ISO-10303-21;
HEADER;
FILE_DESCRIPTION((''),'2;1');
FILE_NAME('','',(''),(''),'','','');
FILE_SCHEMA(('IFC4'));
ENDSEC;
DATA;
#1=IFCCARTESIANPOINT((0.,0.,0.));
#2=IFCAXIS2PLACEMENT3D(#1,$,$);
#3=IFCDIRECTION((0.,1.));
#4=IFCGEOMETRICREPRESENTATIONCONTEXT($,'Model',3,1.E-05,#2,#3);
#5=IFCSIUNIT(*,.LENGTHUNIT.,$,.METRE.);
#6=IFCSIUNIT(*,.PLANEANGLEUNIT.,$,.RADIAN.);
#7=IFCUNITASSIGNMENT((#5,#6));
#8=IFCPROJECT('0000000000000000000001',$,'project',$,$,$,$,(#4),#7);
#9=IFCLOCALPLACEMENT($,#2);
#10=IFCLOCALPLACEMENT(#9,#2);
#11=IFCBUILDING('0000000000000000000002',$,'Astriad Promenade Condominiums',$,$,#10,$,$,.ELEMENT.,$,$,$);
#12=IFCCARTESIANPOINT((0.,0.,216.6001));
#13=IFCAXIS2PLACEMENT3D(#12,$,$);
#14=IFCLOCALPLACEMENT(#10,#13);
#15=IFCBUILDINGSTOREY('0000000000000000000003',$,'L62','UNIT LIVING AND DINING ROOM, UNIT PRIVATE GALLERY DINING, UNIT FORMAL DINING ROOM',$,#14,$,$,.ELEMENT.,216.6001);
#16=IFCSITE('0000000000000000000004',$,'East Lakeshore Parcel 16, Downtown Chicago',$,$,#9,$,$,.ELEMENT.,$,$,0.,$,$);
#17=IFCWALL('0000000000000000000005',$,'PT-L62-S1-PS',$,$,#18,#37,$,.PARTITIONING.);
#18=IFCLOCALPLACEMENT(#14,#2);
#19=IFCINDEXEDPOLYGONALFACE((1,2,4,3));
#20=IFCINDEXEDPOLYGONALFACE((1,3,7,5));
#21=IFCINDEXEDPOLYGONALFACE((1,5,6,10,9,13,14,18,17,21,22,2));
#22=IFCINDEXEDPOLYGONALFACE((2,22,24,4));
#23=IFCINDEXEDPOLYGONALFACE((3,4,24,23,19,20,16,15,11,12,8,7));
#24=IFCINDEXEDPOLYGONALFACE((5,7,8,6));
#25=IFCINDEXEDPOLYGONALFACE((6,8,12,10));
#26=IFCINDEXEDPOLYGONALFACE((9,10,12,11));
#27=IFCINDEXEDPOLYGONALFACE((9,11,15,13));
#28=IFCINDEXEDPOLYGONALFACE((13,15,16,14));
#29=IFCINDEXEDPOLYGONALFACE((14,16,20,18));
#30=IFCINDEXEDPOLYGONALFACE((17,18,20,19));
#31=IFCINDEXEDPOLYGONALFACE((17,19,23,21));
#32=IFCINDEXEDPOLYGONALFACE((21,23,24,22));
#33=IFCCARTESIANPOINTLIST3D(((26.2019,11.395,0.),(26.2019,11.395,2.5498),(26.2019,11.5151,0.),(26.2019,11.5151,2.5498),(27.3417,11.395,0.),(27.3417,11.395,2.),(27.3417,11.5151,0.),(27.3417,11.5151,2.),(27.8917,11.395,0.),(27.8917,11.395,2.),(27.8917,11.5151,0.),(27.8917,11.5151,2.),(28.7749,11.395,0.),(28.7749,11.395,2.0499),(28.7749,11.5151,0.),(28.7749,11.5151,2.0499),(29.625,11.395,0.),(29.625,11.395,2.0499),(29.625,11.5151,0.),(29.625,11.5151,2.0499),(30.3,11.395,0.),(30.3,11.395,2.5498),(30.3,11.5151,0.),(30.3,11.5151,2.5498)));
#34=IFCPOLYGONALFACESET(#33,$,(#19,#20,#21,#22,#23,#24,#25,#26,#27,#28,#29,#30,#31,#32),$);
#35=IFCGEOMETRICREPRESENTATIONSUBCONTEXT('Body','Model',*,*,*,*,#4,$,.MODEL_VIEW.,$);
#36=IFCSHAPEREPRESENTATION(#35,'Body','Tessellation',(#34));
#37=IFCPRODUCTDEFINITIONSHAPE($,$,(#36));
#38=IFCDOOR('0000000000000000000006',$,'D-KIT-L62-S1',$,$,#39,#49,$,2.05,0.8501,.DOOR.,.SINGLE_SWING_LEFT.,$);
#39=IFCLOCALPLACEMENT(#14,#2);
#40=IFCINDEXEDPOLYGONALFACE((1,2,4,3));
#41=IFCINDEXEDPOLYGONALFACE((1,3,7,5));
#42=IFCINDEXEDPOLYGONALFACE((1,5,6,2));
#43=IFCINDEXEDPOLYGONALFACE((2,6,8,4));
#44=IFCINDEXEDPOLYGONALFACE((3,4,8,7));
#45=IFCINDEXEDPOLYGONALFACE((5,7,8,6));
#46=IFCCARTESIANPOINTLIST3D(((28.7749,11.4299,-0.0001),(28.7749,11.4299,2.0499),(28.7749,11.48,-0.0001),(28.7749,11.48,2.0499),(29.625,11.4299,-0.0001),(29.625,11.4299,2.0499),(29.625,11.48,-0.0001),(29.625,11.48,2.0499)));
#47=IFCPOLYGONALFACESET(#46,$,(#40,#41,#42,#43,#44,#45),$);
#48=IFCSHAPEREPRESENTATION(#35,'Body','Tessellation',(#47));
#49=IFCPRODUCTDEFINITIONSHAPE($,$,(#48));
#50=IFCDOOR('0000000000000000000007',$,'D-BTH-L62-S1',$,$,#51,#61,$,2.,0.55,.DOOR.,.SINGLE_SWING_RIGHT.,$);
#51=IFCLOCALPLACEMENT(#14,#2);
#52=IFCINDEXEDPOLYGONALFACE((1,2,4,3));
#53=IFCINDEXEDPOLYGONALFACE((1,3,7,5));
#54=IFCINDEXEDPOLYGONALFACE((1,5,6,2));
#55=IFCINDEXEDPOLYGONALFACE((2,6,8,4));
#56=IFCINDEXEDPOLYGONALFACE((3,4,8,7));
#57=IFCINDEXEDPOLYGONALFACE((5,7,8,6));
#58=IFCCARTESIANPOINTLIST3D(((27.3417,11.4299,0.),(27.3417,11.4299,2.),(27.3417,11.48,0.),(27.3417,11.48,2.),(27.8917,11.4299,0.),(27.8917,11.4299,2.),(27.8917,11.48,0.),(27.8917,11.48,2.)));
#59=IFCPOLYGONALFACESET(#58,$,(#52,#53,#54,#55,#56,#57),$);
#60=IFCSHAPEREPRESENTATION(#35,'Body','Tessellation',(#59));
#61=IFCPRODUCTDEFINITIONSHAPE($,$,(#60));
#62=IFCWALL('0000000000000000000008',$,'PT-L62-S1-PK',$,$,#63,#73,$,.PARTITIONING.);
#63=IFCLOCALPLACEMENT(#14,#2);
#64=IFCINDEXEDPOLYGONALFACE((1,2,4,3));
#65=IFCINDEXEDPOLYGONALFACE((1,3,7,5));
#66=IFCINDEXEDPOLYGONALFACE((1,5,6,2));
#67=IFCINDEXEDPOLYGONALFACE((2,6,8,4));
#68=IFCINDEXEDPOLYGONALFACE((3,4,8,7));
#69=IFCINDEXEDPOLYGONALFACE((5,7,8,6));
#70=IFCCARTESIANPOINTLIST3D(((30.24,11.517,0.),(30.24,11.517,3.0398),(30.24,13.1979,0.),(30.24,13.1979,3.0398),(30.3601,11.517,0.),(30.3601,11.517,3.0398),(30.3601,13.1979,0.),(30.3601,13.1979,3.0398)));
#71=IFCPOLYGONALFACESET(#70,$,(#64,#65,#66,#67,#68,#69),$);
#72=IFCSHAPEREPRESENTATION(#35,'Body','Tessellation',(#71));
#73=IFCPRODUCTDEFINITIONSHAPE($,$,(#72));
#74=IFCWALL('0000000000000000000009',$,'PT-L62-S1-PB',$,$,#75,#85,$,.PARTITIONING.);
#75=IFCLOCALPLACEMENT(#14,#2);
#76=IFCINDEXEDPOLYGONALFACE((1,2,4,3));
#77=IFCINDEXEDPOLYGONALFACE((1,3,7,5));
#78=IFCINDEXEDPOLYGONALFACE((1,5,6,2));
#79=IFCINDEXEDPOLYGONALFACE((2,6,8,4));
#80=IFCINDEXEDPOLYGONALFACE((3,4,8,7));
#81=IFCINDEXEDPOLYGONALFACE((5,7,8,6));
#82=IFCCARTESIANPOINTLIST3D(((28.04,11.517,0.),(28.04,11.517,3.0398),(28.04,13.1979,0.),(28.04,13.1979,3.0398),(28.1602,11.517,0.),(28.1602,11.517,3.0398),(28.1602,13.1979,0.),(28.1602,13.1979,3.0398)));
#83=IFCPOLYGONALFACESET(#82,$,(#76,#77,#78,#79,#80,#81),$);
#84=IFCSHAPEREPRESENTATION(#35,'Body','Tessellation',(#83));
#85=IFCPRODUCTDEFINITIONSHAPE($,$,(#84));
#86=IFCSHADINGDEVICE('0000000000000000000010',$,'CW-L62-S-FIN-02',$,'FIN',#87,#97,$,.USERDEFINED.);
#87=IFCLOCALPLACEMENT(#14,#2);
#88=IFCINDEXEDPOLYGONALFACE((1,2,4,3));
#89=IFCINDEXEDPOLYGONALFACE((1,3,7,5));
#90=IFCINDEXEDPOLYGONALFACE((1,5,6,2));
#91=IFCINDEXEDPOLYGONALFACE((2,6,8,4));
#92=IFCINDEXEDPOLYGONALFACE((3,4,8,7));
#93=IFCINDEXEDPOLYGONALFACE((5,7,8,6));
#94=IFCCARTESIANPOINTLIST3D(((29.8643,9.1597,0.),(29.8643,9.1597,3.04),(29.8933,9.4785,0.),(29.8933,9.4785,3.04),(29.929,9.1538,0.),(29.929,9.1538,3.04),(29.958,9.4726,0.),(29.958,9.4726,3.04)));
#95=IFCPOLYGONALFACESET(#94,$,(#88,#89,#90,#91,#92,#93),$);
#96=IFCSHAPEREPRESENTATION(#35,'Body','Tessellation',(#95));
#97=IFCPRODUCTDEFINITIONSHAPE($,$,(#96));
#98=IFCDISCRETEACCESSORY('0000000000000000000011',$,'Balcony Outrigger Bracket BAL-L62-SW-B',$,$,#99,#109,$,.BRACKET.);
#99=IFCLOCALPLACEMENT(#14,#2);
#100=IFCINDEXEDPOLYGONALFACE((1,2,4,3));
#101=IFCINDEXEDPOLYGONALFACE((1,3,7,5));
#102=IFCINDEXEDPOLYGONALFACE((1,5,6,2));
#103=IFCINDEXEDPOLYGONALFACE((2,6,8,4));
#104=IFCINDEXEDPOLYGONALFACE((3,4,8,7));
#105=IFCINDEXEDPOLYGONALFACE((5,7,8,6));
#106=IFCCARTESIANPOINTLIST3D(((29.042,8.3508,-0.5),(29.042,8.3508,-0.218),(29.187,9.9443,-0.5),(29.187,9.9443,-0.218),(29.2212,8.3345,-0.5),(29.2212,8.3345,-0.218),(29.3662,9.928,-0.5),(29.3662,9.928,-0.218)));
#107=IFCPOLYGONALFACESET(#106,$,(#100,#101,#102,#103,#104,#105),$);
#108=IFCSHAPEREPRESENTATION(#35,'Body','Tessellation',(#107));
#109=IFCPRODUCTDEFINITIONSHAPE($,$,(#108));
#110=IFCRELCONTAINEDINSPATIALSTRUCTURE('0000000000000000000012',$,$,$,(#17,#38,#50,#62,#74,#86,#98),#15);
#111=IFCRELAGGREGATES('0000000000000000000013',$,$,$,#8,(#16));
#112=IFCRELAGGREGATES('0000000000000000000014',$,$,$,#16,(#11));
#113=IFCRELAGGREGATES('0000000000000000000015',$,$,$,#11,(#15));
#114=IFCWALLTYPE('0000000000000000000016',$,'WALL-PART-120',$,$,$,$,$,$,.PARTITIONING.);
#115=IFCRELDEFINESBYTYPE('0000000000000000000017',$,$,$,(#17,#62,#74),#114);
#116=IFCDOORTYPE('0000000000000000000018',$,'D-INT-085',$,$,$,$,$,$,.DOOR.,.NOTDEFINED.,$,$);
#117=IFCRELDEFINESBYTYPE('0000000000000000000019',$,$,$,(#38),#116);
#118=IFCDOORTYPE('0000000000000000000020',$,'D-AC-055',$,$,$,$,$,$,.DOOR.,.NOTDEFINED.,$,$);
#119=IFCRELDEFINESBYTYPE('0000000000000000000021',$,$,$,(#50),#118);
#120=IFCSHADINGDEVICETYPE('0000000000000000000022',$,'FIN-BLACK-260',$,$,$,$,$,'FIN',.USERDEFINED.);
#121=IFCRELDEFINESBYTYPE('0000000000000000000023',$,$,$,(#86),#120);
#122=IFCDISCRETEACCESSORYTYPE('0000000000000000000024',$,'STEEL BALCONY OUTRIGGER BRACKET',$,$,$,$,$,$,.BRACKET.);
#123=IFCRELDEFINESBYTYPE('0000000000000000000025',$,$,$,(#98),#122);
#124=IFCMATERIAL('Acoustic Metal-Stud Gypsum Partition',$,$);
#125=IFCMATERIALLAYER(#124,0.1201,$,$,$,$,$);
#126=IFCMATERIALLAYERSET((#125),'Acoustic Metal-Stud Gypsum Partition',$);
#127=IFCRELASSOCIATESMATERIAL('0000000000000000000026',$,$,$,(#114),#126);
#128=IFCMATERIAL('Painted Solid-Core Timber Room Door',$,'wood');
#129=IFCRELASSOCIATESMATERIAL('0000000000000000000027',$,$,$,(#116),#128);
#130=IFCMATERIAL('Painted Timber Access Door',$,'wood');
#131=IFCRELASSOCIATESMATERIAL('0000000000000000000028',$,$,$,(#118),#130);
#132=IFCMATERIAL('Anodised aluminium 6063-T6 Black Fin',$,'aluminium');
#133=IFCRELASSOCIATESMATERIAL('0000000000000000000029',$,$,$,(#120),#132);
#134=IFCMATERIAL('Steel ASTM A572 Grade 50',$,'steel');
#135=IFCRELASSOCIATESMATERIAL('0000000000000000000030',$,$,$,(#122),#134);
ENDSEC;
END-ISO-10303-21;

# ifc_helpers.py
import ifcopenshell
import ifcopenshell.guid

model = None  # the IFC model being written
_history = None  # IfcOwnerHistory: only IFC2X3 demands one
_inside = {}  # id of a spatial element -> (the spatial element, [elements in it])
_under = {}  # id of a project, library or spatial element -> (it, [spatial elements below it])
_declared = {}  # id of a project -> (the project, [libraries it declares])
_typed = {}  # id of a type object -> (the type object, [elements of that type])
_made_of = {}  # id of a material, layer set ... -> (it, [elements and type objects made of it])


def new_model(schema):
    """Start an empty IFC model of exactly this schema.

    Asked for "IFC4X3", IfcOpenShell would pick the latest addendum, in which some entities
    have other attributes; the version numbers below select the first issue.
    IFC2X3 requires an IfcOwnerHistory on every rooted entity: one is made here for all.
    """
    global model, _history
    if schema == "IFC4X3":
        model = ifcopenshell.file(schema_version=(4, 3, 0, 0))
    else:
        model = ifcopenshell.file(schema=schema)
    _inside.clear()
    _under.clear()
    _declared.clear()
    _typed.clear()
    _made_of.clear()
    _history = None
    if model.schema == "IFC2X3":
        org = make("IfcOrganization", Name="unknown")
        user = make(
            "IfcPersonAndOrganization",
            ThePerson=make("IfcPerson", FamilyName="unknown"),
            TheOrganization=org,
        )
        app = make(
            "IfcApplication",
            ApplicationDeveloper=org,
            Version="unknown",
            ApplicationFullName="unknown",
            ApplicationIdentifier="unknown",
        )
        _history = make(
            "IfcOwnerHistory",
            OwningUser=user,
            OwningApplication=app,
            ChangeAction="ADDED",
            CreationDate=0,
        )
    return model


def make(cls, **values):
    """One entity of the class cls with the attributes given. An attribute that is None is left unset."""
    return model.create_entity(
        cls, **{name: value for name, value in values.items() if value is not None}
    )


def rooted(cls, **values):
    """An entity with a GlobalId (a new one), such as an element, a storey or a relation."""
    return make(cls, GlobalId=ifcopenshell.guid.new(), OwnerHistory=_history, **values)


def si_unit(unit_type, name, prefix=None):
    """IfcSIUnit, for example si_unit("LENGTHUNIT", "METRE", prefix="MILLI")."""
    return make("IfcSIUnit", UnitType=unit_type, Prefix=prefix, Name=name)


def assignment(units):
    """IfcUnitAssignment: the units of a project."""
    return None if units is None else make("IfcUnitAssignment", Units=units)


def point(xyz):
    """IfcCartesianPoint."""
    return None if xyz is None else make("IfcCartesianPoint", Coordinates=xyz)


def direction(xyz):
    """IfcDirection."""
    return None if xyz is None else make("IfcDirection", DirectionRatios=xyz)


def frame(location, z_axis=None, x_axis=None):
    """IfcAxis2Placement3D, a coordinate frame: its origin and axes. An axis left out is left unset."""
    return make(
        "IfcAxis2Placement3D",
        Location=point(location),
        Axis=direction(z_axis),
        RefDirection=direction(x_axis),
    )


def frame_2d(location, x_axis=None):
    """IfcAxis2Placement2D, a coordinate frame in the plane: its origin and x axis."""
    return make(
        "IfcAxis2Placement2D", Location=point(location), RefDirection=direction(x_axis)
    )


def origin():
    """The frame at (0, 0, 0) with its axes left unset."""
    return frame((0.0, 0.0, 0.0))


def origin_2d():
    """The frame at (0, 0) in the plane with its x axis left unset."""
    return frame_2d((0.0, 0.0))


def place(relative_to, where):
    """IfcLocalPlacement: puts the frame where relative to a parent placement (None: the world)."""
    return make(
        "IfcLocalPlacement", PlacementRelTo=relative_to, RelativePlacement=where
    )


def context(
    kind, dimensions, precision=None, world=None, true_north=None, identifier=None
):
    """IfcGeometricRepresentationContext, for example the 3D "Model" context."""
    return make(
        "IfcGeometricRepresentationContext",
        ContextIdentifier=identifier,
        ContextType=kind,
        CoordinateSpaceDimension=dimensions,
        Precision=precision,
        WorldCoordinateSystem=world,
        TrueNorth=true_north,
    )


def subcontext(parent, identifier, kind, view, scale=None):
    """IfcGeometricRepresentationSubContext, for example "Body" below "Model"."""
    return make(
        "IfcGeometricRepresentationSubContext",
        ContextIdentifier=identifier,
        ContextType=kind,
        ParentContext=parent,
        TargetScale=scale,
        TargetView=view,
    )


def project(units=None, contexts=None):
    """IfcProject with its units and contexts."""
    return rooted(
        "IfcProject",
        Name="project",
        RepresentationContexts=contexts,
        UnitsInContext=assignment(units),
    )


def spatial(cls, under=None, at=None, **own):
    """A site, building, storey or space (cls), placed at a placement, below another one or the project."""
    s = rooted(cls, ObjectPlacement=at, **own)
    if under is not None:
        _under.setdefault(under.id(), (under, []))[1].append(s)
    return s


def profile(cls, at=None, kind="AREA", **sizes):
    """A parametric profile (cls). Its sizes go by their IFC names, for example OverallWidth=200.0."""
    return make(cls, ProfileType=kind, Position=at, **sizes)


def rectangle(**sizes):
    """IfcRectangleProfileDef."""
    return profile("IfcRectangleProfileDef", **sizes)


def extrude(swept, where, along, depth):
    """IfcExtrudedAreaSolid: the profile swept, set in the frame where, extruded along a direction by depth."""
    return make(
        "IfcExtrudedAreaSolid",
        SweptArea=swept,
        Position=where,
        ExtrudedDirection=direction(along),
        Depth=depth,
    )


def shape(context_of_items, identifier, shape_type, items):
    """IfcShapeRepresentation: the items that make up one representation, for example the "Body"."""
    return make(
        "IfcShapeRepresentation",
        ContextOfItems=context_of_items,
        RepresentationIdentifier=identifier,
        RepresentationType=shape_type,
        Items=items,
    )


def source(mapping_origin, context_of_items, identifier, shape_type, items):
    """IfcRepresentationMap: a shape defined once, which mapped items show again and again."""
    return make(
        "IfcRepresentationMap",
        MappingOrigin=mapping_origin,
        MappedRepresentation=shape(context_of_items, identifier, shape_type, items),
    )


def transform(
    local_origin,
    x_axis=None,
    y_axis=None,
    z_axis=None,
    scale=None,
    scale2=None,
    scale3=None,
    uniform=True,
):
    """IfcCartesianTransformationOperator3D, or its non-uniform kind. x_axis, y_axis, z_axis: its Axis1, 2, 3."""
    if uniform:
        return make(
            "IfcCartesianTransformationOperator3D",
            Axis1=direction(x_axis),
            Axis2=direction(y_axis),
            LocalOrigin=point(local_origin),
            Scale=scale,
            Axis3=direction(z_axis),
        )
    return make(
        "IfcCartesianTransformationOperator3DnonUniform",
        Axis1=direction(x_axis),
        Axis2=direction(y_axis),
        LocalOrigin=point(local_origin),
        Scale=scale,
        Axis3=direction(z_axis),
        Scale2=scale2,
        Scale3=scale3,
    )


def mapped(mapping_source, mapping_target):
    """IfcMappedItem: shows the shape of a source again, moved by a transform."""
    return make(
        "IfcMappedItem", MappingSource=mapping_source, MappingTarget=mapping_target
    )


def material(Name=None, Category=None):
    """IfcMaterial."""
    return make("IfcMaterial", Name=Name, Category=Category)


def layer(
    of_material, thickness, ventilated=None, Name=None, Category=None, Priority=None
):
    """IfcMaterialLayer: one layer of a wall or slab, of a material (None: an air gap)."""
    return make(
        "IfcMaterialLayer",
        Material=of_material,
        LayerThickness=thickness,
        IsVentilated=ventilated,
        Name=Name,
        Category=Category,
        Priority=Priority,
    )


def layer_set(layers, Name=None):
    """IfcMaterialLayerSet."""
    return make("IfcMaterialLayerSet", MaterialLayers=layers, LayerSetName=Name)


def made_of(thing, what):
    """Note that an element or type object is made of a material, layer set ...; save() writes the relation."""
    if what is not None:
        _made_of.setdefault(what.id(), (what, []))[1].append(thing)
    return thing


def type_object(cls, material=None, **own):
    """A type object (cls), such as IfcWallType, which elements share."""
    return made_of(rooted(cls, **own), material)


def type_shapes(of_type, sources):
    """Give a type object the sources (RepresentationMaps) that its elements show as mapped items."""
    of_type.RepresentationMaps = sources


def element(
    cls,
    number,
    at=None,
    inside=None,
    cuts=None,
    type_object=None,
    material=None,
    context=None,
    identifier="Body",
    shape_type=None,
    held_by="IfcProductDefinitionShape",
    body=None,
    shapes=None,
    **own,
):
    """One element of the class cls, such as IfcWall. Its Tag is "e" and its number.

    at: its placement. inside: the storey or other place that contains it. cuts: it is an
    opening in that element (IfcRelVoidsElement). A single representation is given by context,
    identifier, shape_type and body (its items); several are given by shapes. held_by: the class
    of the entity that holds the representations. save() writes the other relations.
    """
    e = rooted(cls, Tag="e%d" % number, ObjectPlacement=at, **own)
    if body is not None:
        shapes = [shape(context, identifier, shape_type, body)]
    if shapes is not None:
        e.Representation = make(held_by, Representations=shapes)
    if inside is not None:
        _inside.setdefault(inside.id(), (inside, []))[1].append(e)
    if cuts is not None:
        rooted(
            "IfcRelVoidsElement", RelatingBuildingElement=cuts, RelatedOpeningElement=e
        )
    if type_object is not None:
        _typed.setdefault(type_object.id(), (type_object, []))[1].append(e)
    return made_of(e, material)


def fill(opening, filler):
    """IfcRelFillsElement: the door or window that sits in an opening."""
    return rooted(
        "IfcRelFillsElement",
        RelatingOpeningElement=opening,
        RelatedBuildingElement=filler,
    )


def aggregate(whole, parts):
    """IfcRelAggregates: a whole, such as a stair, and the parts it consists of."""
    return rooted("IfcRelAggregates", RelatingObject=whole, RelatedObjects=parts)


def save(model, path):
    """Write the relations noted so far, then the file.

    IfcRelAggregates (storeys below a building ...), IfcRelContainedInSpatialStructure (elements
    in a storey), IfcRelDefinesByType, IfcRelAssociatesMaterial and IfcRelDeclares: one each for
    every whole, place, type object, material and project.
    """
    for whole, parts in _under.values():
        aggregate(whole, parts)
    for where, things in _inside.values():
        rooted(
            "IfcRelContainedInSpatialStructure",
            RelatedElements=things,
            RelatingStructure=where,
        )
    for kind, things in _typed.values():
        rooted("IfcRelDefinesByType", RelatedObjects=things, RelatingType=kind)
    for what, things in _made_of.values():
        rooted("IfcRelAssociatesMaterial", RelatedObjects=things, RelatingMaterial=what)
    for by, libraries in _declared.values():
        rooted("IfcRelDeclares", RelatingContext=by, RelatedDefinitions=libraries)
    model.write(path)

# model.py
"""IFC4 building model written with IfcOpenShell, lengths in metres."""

from ifc_helpers import new_model, si_unit, direction, frame, frame_2d, origin, origin_2d, place, context, subcontext, project, spatial, rectangle, extrude, source, transform, mapped, material, layer, layer_set, type_object, type_shapes, element, fill, save


model = new_model("IFC4")

# Units and contexts
model_context = context("Model", 3, precision=1e-05, world=origin(), true_north=direction((0.0, 1.0)))
body_context = subcontext(model_context, "Body", "Model", "MODEL_VIEW")
ifc_project = project(units=[si_unit("LENGTHUNIT", "METRE"), si_unit("PLANEANGLEUNIT", "RADIAN")], contexts=[model_context])

# Site, building, storey
site_placement = place(None, origin())
site = spatial("IfcSite", under=ifc_project, at=site_placement, Name="East Lakeshore Parcel 16, Downtown Chicago", CompositionType="ELEMENT", RefElevation=0.0)
building_placement = place(site_placement, origin())
building = spatial("IfcBuilding", under=site, at=building_placement, Name="Astriad Promenade Condominiums", CompositionType="ELEMENT")
storey_placement = place(building_placement, frame((0.0, 0.0, 216.6001)))
storey = spatial("IfcBuildingStorey", under=building, at=storey_placement, Name="L62", Description="UNIT LIVING AND DINING ROOM, UNIT PRIVATE GALLERY DINING, UNIT FORMAL DINING ROOM", CompositionType="ELEMENT", Elevation=216.6001)

# Wall, openings, doors
ifc_material_1 = material(Name="Acoustic Metal-Stud Gypsum Partition")
ifc_layer_1 = layer(ifc_material_1, 0.1201)
ifc_layer_set_1 = layer_set([ifc_layer_1], Name="Acoustic Metal-Stud Gypsum Partition")
wall_type_1 = type_object("IfcWallType", Name="WALL-PART-120", PredefinedType="PARTITIONING", material=ifc_layer_set_1)
wall_1_placement = place(storey_placement, frame((26.2019, 11.4551, 0.0), z_axis=(0.0, 0.0, 1.0), x_axis=(1.0, 0.0, 0.0)))
wall_1 = element("IfcWall", 1, at=wall_1_placement, inside=storey, type_object=wall_type_1, Name="PT-L62-S1-PS", PredefinedType="PARTITIONING", context=body_context, shape_type="SweptSolid", body=[
    extrude(rectangle(XDim=4.0981, YDim=0.1201, at=frame_2d((2.0491, 0.0))), origin(), (0.0, 0.0, 1.0), 2.5498),
])
opening_1_placement = place(wall_1_placement, frame((1.1399, 0.0, 0.0)))
opening_1 = element("IfcOpeningElement", 2, at=opening_1_placement, cuts=wall_1, PredefinedType="OPENING", context=body_context, shape_type="SweptSolid", body=[
    extrude(rectangle(XDim=0.55, YDim=2.0, at=frame_2d((0.2749, 1.0))), frame((0.0, 0.0701, 0.0), z_axis=(0.0, -1.0, 0.0), x_axis=(1.0, 0.0, 0.0)), (0.0, 0.0, 1.0), 0.1401),
])
opening_2_placement = place(wall_1_placement, frame((2.573, 0.0, 0.0)))
opening_2 = element("IfcOpeningElement", 3, at=opening_2_placement, cuts=wall_1, PredefinedType="OPENING", context=body_context, shape_type="SweptSolid", body=[
    extrude(rectangle(XDim=0.8501, YDim=2.05, at=frame_2d((0.425, 1.0249))), frame((0.0, 0.0701, 0.0), z_axis=(0.0, -1.0, 0.0), x_axis=(1.0, 0.0, 0.0)), (0.0, 0.0, 1.0), 0.1401),
])
ifc_material_2 = material(Name="Painted Solid-Core Timber Room Door", Category="wood")
door_type_1 = type_object("IfcDoorType", Name="D-INT-085", OperationType="NOTDEFINED", PredefinedType="DOOR", material=ifc_material_2)
shared_shape_1 = source(origin(), body_context, "Body", "SweptSolid", [
    extrude(rectangle(XDim=0.8501, YDim=2.05, at=frame_2d((0.425, 1.0249))), frame((0.0, 0.0249, 0.0), z_axis=(0.0, -1.0, 0.0), x_axis=(1.0, 0.0, 0.0)), (0.0, 0.0, 1.0), 0.05),
])
type_shapes(door_type_1, [shared_shape_1])
door_1_placement = place(opening_2_placement, origin())
door_1 = element("IfcDoor", 4, at=door_1_placement, inside=storey, type_object=door_type_1, Name="D-KIT-L62-S1", OperationType="SINGLE_SWING_LEFT", OverallHeight=2.05, OverallWidth=0.8501, PredefinedType="DOOR", context=body_context, shape_type="MappedRepresentation", body=[
    mapped(shared_shape_1, transform((0.0, 0.0, 0.0), scale=1.0)),
])
fill(opening_2, door_1)
ifc_material_3 = material(Name="Painted Timber Access Door", Category="wood")
door_type_2 = type_object("IfcDoorType", Name="D-AC-055", OperationType="NOTDEFINED", PredefinedType="DOOR", material=ifc_material_3)
shared_shape_2 = source(origin(), body_context, "Body", "SweptSolid", [
    extrude(rectangle(XDim=0.55, YDim=2.0, at=frame_2d((0.2749, 1.0))), frame((0.0, 0.0249, 0.0), z_axis=(0.0, -1.0, 0.0), x_axis=(1.0, 0.0, 0.0)), (0.0, 0.0, 1.0), 0.05),
])
type_shapes(door_type_2, [shared_shape_2])
door_2_placement = place(opening_1_placement, origin())
door_2 = element("IfcDoor", 5, at=door_2_placement, inside=storey, type_object=door_type_2, Name="D-BTH-L62-S1", OperationType="SINGLE_SWING_RIGHT", OverallHeight=2.0, OverallWidth=0.55, PredefinedType="DOOR", context=body_context, shape_type="MappedRepresentation", body=[
    mapped(shared_shape_2, transform((0.0, 0.0, 0.0), scale=1.0)),
])
fill(opening_1, door_2)

# Walls
for number, where, z_axis, x_axis, name in (
    (6, (30.3, 11.5171, 0.0), (0.0, 0.0, 1.0), (0.0, 1.0, 0.0), "PT-L62-S1-PK"),
    (7, (28.1001, 11.5171, 0.0), (0.0, 0.0, 1.0), (0.0, 1.0, 0.0), "PT-L62-S1-PB"),
):
    element("IfcWall", number, at=place(storey_placement, frame(where, z_axis=z_axis, x_axis=x_axis)), inside=storey, type_object=wall_type_1, Name=name, PredefinedType="PARTITIONING", context=body_context, shape_type="SweptSolid", body=[
        extrude(rectangle(XDim=1.6809, YDim=0.1201, at=frame_2d((0.8403, 0.0))), origin(), (0.0, 0.0, 1.0), 3.0398),
    ])

# Shading device
ifc_material_4 = material(Name="Anodised aluminium 6063-T6 Black Fin", Category="aluminium")
shading_device_type = type_object("IfcShadingDeviceType", Name="FIN-BLACK-260", ElementType="FIN", PredefinedType="USERDEFINED", material=ifc_material_4)
shared_shape_3 = source(origin(), body_context, "Body", "SweptSolid", [
    extrude(rectangle(XDim=0.0649, YDim=0.3201, at=origin_2d()), origin(), (0.0, 0.0, 1.0), 3.04),
])
type_shapes(shading_device_type, [shared_shape_3])
shading_device_placement = place(storey_placement, frame((29.9111, 9.3162, 0.0), z_axis=(0.0, 0.0, 1.0), x_axis=(-0.995884, 0.090633, 0.0)))
element("IfcShadingDevice", 8, at=shading_device_placement, inside=storey, type_object=shading_device_type, Name="CW-L62-S-FIN-02", ObjectType="FIN", PredefinedType="USERDEFINED", context=body_context, shape_type="MappedRepresentation", body=[
    mapped(shared_shape_3, transform((0.0, 0.0, 0.0), scale=1.0)),
])

# Discrete accessory
ifc_material_5 = material(Name="Steel ASTM A572 Grade 50", Category="steel")
discrete_accessory_type = type_object("IfcDiscreteAccessoryType", Name="STEEL BALCONY OUTRIGGER BRACKET", PredefinedType="BRACKET", material=ifc_material_5)
shared_shape_4 = source(origin(), body_context, "Body", "SweptSolid", [
    extrude(rectangle(XDim=1.6001, YDim=0.1799, at=origin_2d()), origin(), (0.0, 0.0, 1.0), 0.282),
])
type_shapes(discrete_accessory_type, [shared_shape_4])
discrete_accessory_placement = place(storey_placement, frame((29.2041, 9.1394, -0.5), z_axis=(0.0, 0.0, 1.0), x_axis=(-0.090633, -0.995884, 0.0)))
element("IfcDiscreteAccessory", 9, at=discrete_accessory_placement, inside=storey, type_object=discrete_accessory_type, Name="Balcony Outrigger Bracket BAL-L62-SW-B", PredefinedType="BRACKET", context=body_context, shape_type="MappedRepresentation", body=[
    mapped(shared_shape_4, transform((0.0, 0.0, 0.0), scale=1.0)),
])

save(model, "model.ifc")
